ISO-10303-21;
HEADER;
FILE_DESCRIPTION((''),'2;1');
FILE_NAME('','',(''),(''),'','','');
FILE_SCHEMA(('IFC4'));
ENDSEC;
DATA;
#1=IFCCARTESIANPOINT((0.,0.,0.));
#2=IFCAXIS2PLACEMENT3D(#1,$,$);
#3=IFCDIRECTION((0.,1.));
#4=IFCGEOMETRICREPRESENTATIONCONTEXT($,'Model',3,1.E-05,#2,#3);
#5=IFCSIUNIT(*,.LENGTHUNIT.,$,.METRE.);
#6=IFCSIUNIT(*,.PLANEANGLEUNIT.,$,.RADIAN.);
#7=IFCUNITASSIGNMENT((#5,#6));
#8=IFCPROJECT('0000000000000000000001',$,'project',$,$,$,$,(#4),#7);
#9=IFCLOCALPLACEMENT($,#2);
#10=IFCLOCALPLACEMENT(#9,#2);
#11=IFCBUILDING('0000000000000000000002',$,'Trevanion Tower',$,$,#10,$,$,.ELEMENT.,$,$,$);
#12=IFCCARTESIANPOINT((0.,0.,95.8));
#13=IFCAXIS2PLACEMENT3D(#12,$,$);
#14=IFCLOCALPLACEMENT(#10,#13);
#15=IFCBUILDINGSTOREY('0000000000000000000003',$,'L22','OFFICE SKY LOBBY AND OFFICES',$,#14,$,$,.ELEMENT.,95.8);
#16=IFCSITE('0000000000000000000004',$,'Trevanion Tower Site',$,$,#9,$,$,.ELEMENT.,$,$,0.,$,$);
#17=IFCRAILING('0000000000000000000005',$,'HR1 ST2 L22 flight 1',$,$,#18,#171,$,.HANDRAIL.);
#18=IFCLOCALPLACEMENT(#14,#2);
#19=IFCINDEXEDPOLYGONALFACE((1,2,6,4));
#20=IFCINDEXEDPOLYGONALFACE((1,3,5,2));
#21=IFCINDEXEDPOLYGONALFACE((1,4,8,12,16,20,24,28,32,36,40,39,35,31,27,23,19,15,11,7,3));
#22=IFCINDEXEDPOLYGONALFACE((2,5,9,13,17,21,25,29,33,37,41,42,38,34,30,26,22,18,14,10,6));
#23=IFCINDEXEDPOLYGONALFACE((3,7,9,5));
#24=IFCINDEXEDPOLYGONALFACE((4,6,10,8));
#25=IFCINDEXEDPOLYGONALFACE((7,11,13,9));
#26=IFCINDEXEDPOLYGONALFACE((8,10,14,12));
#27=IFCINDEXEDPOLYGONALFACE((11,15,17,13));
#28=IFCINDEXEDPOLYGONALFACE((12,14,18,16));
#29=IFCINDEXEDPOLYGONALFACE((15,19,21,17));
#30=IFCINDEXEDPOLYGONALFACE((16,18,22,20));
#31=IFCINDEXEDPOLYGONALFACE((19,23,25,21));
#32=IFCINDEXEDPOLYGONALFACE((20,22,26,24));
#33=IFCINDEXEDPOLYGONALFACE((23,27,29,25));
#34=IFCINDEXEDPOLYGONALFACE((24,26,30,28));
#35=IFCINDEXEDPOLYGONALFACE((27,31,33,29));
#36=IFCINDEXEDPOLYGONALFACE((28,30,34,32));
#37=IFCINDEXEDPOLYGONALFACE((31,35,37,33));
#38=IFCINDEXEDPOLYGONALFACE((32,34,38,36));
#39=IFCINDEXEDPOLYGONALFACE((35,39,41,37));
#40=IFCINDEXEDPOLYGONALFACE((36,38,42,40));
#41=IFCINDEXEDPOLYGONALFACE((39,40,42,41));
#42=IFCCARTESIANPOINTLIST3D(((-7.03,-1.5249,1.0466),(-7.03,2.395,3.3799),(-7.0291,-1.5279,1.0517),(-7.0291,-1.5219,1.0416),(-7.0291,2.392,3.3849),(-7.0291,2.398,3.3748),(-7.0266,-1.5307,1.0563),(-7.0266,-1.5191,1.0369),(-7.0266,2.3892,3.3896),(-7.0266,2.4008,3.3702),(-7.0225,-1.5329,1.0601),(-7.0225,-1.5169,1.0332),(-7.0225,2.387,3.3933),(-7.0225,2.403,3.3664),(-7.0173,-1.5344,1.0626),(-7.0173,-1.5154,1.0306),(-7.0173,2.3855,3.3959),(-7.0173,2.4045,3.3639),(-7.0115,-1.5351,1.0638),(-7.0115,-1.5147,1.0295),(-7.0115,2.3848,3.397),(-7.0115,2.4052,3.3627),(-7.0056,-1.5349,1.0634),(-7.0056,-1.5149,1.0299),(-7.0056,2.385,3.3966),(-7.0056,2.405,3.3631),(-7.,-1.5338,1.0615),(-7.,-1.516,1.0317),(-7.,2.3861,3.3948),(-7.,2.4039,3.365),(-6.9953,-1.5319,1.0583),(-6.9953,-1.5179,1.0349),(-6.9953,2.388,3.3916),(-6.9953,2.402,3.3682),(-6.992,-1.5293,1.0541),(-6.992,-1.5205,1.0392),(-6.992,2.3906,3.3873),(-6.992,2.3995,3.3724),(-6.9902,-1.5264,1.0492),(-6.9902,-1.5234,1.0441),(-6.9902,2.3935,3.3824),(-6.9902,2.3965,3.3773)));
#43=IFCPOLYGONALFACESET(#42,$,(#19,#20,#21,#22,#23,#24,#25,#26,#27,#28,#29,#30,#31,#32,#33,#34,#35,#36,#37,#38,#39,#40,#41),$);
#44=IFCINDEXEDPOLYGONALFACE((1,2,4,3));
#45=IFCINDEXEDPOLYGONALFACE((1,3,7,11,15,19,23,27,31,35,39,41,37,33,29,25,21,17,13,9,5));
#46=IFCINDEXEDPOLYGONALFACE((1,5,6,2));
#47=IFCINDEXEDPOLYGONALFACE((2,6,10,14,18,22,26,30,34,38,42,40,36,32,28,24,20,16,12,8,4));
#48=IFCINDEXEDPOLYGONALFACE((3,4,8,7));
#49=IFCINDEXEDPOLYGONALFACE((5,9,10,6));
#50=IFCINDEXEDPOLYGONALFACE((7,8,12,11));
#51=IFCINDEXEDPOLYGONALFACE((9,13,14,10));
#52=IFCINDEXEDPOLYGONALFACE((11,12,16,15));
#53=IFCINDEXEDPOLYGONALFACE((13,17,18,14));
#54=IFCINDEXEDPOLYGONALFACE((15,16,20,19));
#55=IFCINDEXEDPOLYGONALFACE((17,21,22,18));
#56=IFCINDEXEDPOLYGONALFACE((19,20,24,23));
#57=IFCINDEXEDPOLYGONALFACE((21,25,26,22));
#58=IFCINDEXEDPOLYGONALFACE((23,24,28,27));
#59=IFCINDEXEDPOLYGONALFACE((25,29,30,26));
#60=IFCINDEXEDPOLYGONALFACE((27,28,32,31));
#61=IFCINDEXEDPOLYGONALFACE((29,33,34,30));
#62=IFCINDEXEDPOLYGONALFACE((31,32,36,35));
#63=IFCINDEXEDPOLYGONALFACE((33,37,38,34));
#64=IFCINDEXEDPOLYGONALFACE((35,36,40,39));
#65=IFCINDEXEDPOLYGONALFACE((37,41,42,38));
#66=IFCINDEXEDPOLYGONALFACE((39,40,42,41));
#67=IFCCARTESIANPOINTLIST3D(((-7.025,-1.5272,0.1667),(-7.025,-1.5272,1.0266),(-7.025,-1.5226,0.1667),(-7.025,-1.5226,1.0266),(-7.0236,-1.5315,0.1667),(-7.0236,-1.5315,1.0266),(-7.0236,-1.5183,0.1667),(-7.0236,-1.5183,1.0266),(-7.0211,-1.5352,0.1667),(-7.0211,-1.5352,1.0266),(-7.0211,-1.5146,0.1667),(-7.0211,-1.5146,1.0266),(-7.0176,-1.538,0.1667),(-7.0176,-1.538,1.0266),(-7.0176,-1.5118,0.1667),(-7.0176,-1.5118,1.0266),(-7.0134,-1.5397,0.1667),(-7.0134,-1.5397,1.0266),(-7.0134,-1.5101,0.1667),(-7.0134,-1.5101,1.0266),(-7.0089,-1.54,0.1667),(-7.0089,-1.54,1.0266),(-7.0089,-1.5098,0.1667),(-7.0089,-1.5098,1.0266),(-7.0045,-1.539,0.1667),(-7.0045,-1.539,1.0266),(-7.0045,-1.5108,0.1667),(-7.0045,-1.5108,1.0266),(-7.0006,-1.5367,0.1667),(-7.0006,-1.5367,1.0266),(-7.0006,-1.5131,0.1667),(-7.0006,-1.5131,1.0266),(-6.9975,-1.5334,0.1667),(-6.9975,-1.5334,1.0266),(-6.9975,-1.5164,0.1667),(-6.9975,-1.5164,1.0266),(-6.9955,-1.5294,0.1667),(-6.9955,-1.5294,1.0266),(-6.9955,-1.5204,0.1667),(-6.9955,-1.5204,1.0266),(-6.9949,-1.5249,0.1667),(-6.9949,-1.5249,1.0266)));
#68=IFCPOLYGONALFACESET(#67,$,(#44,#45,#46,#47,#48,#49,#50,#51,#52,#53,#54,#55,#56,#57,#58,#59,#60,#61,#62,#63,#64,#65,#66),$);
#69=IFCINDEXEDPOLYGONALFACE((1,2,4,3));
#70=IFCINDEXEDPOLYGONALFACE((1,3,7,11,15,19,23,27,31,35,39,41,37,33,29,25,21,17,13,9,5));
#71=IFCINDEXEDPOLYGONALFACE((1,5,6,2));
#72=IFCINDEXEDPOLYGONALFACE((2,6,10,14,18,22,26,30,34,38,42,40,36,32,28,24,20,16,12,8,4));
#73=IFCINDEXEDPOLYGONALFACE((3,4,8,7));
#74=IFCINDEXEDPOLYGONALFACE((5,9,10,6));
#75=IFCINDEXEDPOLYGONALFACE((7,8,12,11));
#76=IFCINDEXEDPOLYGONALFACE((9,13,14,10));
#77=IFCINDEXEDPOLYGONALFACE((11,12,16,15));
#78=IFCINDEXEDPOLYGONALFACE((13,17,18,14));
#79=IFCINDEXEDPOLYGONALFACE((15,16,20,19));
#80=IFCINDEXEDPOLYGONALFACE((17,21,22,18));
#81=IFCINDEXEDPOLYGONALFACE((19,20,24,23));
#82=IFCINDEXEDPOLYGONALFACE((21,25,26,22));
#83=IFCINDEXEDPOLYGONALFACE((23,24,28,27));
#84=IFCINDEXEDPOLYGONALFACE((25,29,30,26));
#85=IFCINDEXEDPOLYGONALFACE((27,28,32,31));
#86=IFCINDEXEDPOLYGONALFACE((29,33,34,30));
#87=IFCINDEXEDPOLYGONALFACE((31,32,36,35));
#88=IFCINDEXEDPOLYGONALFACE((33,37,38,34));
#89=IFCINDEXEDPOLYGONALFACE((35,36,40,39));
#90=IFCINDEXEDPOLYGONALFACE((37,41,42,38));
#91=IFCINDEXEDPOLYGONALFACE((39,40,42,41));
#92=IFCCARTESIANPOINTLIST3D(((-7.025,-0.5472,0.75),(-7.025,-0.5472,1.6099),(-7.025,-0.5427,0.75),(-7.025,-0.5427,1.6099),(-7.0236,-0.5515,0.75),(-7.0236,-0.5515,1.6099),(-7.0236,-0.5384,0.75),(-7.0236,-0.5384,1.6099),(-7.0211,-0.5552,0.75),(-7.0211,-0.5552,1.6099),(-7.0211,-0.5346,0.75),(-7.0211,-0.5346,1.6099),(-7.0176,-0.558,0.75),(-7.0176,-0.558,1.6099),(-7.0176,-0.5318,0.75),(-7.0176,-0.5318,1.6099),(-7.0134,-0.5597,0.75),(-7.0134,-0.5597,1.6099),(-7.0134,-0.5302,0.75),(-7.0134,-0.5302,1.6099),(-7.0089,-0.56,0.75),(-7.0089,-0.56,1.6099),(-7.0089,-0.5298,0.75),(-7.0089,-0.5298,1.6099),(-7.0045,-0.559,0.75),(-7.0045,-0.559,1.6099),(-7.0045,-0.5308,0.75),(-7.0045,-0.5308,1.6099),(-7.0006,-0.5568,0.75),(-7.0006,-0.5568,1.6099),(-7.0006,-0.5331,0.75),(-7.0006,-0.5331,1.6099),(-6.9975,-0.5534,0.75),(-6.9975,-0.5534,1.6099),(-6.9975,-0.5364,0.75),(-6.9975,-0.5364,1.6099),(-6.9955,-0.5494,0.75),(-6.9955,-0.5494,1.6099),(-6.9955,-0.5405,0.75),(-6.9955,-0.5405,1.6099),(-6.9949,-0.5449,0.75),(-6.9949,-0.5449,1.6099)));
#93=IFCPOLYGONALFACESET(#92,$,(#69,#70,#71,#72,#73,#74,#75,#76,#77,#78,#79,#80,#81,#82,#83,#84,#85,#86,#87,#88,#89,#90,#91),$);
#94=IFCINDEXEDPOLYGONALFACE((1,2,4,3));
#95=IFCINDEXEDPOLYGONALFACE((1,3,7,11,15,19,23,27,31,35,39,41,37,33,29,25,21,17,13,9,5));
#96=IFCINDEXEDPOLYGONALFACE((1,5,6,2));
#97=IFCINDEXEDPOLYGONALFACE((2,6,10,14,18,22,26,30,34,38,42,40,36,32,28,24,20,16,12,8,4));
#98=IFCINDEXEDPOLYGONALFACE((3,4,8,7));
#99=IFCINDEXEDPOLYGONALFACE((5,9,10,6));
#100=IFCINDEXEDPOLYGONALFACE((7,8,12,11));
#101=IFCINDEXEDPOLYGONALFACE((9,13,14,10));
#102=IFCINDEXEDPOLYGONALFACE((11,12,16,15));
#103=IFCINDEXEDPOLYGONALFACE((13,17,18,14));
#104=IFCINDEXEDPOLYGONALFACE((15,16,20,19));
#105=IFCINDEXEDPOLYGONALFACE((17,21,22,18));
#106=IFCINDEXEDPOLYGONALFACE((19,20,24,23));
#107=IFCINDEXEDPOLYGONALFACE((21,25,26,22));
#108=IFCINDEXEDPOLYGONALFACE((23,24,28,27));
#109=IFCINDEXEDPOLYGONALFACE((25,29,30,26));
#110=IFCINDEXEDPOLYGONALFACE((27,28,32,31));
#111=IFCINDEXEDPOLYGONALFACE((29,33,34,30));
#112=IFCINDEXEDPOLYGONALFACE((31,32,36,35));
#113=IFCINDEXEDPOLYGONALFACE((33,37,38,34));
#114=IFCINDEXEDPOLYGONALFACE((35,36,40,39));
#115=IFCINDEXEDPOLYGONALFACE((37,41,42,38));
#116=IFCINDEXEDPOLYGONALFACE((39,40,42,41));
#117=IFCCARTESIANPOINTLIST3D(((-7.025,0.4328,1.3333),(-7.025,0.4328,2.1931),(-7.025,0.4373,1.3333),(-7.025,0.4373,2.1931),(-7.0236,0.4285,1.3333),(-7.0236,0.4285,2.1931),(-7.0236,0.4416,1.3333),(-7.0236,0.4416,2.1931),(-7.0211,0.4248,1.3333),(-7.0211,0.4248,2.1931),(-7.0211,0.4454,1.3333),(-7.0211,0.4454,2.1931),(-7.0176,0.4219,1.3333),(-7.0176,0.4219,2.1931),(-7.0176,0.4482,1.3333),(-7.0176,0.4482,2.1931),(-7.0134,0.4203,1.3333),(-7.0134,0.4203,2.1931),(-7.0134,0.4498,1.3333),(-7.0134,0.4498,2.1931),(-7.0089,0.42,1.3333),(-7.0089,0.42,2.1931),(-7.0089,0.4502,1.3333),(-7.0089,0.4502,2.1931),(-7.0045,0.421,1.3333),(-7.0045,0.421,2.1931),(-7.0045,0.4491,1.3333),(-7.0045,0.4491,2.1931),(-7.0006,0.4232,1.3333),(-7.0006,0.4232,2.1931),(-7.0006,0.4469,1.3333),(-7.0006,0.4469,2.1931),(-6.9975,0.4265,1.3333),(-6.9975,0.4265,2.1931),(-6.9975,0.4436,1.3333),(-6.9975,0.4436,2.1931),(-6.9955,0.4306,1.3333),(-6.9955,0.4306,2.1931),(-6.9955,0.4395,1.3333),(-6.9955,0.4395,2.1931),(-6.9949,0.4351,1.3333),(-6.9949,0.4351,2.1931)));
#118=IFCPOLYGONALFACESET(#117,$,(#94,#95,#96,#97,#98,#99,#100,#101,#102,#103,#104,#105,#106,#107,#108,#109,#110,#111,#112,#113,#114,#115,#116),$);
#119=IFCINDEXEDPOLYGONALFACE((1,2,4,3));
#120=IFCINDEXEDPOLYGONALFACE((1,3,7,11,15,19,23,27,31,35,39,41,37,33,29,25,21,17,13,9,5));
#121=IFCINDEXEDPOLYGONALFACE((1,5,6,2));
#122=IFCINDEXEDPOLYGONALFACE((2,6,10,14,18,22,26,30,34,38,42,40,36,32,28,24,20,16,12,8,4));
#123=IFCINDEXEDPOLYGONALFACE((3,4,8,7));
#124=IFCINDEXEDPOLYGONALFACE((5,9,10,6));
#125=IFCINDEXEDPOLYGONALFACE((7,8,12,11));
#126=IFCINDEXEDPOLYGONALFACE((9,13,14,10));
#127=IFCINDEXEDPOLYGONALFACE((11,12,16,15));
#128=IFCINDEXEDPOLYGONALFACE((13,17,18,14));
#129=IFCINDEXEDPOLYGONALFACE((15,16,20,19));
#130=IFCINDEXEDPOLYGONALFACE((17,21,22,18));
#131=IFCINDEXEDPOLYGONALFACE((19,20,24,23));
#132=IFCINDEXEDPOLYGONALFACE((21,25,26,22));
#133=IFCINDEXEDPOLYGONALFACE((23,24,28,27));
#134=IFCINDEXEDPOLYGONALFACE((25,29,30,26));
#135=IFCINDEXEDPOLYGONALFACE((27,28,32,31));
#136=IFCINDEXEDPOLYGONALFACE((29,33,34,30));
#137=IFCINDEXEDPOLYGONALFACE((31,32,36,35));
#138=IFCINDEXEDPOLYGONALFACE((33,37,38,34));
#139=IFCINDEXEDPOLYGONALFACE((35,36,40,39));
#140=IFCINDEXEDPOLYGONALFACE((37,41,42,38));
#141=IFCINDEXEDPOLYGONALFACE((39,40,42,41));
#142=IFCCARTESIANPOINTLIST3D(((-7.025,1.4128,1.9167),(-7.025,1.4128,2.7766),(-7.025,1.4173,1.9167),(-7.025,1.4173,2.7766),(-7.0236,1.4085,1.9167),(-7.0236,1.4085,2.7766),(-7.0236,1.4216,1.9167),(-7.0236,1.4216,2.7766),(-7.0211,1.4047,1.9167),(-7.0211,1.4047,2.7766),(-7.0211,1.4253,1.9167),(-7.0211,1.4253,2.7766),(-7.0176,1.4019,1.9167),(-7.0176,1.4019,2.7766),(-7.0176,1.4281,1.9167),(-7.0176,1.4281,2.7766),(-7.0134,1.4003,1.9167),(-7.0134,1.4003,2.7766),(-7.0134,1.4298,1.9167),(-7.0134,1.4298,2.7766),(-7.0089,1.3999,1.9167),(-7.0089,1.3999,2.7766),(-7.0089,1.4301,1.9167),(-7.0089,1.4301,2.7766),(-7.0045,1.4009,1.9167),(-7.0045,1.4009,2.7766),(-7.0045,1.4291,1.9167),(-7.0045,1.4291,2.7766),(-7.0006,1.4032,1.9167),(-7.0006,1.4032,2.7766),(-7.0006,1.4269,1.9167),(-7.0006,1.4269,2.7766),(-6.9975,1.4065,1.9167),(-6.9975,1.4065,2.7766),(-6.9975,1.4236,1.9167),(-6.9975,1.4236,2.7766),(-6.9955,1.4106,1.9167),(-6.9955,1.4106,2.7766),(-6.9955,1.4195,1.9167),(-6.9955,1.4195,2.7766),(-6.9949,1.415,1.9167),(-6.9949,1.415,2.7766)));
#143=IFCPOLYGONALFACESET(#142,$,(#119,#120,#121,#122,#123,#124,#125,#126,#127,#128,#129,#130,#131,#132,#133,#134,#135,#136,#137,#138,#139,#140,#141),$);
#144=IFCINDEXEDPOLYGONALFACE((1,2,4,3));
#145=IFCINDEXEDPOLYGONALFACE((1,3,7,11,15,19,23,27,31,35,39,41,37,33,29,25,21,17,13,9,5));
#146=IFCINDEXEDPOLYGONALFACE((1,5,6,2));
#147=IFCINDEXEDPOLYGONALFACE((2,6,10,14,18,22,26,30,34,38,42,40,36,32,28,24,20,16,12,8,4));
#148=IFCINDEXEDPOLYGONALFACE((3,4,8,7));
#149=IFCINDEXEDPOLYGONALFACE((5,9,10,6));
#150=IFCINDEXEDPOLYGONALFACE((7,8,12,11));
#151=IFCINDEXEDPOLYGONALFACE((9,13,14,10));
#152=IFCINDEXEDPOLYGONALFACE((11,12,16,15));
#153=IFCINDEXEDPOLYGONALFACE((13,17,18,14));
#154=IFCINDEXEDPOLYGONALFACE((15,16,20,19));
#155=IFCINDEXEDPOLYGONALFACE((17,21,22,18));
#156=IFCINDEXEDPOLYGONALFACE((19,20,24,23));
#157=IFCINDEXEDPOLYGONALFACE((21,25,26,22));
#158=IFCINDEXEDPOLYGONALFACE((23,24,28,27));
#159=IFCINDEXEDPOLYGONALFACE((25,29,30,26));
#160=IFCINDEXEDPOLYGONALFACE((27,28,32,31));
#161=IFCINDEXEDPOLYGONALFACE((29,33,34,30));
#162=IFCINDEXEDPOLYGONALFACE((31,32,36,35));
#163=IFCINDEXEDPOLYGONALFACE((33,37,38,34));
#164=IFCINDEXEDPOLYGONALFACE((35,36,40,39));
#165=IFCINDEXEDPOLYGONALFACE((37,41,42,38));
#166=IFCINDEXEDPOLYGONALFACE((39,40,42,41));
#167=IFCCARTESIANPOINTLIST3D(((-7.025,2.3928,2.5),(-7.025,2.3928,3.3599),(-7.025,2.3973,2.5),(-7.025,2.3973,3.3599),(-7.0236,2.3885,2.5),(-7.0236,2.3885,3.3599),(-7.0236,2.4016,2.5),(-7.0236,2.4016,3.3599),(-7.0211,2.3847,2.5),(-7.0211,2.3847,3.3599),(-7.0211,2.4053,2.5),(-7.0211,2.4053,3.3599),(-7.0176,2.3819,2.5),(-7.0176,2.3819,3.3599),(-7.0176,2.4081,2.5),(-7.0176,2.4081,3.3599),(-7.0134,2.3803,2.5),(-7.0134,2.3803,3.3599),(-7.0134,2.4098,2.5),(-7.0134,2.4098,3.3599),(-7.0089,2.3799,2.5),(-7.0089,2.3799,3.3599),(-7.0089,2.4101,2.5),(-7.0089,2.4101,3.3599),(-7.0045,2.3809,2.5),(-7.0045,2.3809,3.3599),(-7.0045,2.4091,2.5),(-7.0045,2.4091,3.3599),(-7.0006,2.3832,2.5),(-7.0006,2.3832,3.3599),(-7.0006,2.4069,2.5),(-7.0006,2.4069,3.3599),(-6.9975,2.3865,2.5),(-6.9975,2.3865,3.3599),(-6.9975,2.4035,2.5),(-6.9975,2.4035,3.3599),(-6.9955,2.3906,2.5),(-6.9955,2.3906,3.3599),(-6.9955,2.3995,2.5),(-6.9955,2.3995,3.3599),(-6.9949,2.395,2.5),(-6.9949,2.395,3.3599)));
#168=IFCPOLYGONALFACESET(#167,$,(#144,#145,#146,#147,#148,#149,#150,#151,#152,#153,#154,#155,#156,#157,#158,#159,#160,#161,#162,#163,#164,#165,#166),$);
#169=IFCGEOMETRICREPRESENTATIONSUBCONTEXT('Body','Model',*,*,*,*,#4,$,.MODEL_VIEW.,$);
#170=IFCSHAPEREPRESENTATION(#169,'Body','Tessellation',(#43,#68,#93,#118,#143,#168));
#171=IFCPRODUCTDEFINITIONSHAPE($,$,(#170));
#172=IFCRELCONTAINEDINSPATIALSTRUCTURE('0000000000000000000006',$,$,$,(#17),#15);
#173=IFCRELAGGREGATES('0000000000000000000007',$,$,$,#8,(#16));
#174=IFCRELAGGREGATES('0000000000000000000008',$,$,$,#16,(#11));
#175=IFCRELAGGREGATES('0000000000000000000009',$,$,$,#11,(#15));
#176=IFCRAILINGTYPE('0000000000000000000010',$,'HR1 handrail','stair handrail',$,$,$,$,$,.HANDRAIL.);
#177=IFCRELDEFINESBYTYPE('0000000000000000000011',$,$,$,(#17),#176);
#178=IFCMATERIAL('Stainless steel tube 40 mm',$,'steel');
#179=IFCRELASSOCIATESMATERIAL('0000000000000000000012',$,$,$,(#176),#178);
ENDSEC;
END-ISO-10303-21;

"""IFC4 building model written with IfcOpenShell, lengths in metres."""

from ifc_helpers import new_model, si_unit, direction, frame, origin, origin_2d, place, context, subcontext, project, spatial, circle, extrude, material, type_object, element, save


model = new_model("IFC4")

# Units and contexts
model_context = context("Model", 3, precision=1e-05, world=origin(), true_north=direction((0.0, 1.0)))
body_context = subcontext(model_context, "Body", "Model", "MODEL_VIEW")
ifc_project = project(units=[si_unit("LENGTHUNIT", "METRE"), si_unit("PLANEANGLEUNIT", "RADIAN")], contexts=[model_context])

# Site, building, storey
site_placement = place(None, origin())
site = spatial("IfcSite", under=ifc_project, at=site_placement, Name="Trevanion Tower Site", CompositionType="ELEMENT", RefElevation=0.0)
building_placement = place(site_placement, origin())
building = spatial("IfcBuilding", under=site, at=building_placement, Name="Trevanion Tower", CompositionType="ELEMENT")
storey_placement = place(building_placement, frame((0.0, 0.0, 95.8)))
storey = spatial("IfcBuildingStorey", under=building, at=storey_placement, Name="L22", Description="OFFICE SKY LOBBY AND OFFICES", CompositionType="ELEMENT", Elevation=95.8)

# Railing
ifc_material_1 = material(Name="Stainless steel tube 40 mm", Category="steel")
railing_type = type_object("IfcRailingType", Name="HR1 handrail", Description="stair handrail", PredefinedType="HANDRAIL", material=ifc_material_1)
for number, where, name in (
    (1, (-7.01, -1.5249, 0.1667), "HR1 ST2 L22 flight 1"),
):
    element("IfcRailing", number, at=place(storey_placement, frame(where)), inside=storey, type_object=railing_type, Name=name, PredefinedType="HANDRAIL", context=body_context, shape_type="SweptSolid", body=[
        extrude(circle(Radius=0.02, at=origin_2d()), frame((0.0, 0.0, 0.8799), z_axis=(0.0, 0.859296, 0.511478), x_axis=(-1.0, 0.0, 0.0)), (0.0, 0.0, 1.0), 4.5618),
        extrude(circle(Radius=0.0151, at=origin_2d()), origin(), (0.0, 0.0, 1.0), 0.8599),
        extrude(circle(Radius=0.0151, at=origin_2d()), frame((0.0, 0.98, 0.5833)), (0.0, 0.0, 1.0), 0.8599),
        extrude(circle(Radius=0.0151, at=origin_2d()), frame((0.0, 1.96, 1.1665)), (0.0, 0.0, 1.0), 0.8599),
        extrude(circle(Radius=0.0151, at=origin_2d()), frame((0.0, 2.9399, 1.75)), (0.0, 0.0, 1.0), 0.8599),
        extrude(circle(Radius=0.0151, at=origin_2d()), frame((0.0, 3.9199, 2.3333)), (0.0, 0.0, 1.0), 0.8599),
    ])

save(model, "model.ifc")
